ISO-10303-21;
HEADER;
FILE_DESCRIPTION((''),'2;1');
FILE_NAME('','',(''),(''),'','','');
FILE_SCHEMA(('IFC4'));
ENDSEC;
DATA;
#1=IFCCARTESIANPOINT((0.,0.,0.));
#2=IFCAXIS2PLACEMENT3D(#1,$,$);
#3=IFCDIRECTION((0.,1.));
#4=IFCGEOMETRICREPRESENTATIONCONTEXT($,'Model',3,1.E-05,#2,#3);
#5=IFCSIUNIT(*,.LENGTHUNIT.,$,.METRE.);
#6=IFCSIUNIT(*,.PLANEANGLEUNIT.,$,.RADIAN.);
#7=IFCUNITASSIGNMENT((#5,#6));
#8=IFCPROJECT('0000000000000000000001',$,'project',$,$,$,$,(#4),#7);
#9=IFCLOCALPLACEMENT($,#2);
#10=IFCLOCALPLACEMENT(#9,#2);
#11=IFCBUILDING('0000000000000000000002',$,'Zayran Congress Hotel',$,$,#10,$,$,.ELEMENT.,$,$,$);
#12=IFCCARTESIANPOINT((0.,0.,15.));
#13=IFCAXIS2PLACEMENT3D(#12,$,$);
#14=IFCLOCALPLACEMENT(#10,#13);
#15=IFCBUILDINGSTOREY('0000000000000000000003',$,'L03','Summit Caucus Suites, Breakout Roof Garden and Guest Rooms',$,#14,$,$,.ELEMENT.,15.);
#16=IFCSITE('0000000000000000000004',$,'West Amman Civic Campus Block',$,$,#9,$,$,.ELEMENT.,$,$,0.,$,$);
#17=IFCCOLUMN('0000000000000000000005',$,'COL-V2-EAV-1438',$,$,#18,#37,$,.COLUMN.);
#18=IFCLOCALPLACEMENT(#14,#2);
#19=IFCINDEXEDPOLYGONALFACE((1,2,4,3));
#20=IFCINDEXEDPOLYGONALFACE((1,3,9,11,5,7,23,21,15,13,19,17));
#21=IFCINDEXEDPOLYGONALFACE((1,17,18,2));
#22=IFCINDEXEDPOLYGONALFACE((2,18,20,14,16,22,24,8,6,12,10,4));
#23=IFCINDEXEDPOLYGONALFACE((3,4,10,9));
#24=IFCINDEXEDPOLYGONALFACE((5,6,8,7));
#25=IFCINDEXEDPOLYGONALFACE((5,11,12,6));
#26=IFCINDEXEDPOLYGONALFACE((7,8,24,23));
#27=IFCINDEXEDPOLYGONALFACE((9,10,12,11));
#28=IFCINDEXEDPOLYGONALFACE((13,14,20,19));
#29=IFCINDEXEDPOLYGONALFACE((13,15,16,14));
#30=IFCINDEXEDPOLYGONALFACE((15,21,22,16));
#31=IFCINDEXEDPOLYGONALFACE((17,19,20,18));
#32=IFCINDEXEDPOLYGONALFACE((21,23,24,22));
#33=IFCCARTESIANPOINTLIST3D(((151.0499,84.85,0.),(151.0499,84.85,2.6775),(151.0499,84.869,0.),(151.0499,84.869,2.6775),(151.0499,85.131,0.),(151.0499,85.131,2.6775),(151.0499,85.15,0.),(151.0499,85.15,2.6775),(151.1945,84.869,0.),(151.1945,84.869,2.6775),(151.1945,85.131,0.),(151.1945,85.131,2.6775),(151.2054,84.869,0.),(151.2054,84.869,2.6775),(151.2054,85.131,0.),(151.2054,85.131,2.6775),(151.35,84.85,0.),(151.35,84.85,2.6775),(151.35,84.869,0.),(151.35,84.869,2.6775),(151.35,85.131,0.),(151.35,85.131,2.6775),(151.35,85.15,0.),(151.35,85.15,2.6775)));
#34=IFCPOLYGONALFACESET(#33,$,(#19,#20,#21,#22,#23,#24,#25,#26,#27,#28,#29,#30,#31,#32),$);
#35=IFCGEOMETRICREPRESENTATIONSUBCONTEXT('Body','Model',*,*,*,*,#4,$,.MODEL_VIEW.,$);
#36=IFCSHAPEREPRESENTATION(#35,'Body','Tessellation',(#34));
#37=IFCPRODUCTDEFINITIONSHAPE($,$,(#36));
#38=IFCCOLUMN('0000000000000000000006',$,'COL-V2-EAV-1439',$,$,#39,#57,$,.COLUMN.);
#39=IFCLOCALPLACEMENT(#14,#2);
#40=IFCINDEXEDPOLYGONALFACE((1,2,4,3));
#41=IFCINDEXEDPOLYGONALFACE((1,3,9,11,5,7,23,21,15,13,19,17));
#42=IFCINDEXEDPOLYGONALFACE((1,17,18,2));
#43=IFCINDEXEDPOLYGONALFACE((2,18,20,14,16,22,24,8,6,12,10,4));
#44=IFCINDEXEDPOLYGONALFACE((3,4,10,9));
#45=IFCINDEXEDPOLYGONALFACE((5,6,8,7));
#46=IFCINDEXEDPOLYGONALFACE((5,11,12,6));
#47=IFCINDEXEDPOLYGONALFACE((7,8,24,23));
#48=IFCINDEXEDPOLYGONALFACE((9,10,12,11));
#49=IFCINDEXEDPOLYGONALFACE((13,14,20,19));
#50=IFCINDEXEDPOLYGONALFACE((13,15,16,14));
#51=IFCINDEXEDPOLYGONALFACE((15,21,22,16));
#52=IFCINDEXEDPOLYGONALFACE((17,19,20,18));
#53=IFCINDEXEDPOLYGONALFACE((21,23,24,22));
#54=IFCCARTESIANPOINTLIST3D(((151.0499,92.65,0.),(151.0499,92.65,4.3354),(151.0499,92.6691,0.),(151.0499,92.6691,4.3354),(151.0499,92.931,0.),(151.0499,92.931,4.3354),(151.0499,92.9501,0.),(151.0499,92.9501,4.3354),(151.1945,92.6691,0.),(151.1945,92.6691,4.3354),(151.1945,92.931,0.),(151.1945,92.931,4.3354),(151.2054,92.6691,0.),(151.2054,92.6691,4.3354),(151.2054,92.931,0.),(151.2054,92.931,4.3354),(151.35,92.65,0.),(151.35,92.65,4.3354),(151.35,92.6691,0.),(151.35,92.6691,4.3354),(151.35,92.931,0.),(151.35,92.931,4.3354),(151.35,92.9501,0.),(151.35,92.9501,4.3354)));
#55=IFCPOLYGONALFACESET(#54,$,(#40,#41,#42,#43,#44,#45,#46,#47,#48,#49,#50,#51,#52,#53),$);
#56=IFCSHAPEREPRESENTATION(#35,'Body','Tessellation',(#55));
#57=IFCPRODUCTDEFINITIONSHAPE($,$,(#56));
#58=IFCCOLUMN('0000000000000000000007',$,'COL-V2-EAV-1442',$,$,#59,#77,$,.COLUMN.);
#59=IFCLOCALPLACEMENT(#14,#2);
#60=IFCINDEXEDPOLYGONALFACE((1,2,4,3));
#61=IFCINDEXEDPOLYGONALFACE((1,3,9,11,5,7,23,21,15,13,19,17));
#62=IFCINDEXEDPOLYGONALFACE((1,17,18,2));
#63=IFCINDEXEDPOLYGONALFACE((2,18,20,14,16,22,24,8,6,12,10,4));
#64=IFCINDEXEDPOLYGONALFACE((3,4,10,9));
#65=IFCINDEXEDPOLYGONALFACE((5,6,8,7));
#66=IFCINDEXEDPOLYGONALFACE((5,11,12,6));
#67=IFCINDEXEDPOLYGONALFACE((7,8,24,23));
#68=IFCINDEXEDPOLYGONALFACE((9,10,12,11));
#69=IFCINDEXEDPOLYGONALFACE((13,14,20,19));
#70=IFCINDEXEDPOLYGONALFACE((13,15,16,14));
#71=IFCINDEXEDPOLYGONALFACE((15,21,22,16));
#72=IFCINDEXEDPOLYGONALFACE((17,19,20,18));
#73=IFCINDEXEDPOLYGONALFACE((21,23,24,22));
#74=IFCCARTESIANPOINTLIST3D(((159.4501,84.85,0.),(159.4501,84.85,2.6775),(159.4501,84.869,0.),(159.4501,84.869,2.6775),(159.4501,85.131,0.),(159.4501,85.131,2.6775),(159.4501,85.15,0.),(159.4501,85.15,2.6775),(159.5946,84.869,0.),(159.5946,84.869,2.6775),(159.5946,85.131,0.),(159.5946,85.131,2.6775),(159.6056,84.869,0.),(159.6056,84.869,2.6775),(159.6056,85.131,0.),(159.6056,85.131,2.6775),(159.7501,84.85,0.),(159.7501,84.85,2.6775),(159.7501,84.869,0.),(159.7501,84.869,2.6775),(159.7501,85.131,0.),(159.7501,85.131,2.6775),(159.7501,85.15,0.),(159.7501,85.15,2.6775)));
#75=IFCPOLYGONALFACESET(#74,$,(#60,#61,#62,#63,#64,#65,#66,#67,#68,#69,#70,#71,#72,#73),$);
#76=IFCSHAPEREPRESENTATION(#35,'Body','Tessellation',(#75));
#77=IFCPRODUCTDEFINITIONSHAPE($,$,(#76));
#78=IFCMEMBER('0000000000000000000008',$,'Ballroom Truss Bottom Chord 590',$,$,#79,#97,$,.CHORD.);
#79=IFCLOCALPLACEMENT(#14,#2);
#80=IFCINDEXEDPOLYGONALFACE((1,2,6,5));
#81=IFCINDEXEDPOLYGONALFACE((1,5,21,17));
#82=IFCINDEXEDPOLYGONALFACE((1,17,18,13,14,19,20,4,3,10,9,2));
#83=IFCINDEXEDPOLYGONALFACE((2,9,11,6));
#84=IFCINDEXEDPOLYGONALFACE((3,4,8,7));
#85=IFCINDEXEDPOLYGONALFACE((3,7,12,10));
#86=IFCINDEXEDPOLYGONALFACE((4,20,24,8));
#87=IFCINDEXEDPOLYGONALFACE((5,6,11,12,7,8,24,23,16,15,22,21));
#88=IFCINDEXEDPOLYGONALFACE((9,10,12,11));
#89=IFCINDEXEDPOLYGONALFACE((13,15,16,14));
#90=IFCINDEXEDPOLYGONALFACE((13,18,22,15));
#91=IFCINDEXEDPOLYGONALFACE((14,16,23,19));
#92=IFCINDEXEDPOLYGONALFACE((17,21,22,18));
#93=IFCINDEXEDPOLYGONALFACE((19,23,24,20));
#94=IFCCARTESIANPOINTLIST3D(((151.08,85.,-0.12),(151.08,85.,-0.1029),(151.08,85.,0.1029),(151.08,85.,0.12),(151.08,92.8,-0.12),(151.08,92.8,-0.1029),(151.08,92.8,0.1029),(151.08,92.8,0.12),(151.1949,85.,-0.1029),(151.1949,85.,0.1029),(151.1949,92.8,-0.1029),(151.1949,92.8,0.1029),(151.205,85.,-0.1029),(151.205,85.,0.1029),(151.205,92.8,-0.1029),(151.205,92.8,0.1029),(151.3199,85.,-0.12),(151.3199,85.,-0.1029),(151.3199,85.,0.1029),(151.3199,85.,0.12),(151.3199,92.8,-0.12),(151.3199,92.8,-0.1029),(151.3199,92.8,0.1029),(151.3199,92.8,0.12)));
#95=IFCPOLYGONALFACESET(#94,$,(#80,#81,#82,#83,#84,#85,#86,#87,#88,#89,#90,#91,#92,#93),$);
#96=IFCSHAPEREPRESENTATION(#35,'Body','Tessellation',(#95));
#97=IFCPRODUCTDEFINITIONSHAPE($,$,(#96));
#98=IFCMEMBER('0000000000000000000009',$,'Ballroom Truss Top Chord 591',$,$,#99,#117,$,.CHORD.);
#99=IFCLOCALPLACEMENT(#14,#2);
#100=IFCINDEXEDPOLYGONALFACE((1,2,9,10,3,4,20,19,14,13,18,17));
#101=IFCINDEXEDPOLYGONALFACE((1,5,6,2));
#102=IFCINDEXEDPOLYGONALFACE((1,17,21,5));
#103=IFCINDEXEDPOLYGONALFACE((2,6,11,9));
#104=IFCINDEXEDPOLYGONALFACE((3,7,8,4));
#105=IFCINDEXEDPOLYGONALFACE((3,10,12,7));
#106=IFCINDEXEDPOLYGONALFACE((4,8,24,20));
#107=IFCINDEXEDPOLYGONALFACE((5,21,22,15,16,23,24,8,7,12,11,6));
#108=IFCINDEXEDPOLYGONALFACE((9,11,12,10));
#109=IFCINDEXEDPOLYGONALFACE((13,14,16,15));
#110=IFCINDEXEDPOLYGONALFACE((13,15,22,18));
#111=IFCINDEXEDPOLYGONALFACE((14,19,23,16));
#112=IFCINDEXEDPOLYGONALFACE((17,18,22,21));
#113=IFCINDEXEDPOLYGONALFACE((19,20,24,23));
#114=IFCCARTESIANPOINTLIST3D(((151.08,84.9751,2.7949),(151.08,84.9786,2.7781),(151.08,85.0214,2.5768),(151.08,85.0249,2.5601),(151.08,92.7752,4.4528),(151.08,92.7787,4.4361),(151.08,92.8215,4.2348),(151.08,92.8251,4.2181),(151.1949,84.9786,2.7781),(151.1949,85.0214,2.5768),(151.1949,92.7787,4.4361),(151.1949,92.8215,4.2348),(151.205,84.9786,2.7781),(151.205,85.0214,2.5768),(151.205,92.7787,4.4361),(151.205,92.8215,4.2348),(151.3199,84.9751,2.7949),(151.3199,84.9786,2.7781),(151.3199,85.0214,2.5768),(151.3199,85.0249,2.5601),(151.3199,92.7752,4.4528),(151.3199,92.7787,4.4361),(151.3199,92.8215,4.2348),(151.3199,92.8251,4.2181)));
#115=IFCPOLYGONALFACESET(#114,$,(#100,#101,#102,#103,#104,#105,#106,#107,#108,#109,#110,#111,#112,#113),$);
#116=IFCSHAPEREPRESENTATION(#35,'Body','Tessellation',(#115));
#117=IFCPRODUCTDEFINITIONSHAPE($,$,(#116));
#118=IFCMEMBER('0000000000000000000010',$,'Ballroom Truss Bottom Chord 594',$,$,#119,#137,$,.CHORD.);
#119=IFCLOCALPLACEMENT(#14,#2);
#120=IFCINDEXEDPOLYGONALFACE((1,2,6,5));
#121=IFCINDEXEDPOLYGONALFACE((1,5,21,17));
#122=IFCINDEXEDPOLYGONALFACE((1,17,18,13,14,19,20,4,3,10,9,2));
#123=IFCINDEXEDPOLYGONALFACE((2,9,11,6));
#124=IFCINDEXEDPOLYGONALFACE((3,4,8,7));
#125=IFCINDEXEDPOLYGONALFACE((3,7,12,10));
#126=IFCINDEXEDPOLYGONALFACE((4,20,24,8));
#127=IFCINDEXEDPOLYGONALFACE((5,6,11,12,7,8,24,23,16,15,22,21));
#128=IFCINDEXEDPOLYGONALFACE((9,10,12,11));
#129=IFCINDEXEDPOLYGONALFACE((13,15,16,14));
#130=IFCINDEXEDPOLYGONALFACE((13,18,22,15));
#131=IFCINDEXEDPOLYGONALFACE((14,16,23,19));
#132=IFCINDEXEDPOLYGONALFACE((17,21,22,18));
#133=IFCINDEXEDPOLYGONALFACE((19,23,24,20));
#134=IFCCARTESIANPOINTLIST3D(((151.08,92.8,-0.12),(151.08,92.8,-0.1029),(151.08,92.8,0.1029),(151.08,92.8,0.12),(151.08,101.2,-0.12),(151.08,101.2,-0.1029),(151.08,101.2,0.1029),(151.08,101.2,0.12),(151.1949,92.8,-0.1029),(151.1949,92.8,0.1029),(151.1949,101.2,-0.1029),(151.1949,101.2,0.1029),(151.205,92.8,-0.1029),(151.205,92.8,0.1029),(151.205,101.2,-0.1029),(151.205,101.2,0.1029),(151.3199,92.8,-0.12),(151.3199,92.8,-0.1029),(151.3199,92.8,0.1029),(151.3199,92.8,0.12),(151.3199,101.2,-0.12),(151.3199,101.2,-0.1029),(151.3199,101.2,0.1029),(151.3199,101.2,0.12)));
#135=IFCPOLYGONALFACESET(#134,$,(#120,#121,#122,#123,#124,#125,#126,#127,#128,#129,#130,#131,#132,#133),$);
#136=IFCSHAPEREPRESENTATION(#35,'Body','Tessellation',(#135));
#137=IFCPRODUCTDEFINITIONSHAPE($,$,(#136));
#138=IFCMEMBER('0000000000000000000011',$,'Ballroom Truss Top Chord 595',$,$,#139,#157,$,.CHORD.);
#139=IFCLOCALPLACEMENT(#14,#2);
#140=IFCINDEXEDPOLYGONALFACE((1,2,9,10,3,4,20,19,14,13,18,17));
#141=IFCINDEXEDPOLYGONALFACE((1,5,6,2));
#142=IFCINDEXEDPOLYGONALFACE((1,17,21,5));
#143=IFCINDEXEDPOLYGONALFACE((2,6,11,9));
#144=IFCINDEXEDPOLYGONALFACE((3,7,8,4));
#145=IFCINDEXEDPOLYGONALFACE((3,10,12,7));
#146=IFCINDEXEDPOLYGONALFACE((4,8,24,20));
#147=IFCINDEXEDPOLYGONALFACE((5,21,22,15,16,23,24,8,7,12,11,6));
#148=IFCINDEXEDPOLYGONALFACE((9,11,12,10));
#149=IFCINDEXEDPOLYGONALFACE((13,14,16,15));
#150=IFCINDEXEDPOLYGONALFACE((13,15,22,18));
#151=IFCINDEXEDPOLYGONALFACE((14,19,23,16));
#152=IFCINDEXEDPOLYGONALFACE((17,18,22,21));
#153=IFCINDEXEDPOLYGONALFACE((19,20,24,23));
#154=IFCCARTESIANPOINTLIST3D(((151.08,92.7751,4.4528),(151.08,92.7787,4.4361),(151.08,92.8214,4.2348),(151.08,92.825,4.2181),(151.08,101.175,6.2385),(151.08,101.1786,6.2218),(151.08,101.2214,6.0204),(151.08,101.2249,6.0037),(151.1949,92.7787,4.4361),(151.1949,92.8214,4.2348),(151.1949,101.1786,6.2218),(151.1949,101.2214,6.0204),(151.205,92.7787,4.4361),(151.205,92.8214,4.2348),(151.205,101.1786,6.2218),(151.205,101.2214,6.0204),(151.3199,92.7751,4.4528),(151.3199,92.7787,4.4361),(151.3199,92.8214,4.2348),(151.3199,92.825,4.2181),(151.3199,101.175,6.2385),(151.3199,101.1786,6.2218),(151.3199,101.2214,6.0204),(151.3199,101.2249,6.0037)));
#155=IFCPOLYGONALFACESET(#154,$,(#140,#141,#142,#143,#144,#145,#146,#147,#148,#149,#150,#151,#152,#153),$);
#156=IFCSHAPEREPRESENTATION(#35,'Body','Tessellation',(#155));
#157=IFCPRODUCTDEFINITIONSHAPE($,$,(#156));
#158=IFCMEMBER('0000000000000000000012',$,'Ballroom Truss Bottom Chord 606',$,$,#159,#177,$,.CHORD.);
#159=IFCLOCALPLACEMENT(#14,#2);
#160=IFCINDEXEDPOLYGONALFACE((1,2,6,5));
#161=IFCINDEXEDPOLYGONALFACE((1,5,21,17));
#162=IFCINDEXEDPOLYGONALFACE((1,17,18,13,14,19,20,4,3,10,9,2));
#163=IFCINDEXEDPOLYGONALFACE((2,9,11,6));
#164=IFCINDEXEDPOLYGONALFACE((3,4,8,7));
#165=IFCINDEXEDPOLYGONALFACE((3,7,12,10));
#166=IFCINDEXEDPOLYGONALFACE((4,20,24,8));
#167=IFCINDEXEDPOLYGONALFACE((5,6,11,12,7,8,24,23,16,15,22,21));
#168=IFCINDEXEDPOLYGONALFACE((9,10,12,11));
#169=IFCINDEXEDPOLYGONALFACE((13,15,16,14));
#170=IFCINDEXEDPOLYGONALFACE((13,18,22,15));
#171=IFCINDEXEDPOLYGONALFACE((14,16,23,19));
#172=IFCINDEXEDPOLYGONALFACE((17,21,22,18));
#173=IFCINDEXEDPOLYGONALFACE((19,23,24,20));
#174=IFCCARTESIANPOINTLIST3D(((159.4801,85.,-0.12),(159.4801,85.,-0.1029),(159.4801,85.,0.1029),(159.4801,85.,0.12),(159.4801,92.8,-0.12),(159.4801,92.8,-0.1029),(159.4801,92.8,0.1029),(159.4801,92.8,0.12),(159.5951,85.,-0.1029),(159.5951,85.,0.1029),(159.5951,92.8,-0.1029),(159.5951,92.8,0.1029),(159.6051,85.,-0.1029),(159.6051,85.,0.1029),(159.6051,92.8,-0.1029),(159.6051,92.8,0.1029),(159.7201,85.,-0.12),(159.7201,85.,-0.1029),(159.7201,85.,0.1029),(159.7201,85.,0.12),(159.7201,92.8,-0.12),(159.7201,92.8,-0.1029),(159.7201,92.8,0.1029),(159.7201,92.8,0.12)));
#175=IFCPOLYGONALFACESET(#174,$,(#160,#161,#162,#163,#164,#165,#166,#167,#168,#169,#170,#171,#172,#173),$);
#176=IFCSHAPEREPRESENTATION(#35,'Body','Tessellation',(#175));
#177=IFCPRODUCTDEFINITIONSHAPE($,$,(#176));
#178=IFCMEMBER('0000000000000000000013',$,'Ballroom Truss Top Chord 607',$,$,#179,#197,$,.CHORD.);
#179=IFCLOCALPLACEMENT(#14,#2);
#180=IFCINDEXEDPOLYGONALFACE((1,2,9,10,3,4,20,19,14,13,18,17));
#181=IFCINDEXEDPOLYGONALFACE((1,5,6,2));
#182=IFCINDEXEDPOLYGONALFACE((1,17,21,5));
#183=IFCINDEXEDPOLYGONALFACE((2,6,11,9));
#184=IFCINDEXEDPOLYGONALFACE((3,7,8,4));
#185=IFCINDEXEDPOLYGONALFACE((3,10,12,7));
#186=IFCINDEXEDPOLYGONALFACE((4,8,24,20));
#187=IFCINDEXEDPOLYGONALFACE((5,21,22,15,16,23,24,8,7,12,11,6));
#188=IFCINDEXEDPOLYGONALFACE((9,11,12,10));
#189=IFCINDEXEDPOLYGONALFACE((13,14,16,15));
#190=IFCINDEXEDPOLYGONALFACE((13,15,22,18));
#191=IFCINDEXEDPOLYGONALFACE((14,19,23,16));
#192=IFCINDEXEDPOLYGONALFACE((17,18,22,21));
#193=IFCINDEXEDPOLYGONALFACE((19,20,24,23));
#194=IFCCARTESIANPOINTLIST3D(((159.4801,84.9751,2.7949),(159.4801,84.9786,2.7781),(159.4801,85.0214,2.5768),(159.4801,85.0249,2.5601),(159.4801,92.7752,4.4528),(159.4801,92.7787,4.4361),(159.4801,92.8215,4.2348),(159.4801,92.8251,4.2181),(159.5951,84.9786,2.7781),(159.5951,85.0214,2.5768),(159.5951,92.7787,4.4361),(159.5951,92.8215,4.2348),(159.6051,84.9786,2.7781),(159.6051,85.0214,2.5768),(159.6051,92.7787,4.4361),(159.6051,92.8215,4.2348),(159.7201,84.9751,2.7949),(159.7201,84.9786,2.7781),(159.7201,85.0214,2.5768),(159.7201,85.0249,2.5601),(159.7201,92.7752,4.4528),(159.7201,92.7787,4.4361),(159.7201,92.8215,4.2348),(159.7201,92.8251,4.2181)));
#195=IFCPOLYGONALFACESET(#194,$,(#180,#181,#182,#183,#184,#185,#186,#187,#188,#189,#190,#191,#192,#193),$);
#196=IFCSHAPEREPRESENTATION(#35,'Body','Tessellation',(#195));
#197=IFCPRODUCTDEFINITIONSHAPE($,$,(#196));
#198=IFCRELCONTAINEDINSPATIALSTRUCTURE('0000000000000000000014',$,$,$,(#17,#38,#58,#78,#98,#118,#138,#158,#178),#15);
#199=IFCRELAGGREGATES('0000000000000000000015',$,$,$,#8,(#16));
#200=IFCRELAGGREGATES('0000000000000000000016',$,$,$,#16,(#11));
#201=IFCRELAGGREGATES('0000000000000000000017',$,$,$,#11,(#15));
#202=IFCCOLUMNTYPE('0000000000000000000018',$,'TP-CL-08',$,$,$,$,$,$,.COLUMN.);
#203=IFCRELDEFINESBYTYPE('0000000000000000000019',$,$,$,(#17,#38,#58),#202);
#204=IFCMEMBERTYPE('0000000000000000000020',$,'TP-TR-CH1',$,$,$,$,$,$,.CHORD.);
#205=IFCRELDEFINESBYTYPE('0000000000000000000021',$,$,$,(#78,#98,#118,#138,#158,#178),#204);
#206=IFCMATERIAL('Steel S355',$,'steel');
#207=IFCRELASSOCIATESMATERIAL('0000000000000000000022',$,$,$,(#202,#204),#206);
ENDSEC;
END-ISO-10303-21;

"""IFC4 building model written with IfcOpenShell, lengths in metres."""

from ifc_helpers import new_model, si_unit, direction, frame, origin, origin_2d, place, context, subcontext, project, spatial, i_section, extrude, material, material_profile, profile_set, type_object, element, save


model = new_model("IFC4")

# Units and contexts
model_context = context("Model", 3, precision=1e-05, world=origin(), true_north=direction((0.0, 1.0)))
body_context = subcontext(model_context, "Body", "Model", "MODEL_VIEW")
ifc_project = project(units=[si_unit("LENGTHUNIT", "METRE"), si_unit("PLANEANGLEUNIT", "RADIAN")], contexts=[model_context])

# Site, building, storey
site_placement = place(None, origin())
site = spatial("IfcSite", under=ifc_project, at=site_placement, Name="West Amman Civic Campus Block", CompositionType="ELEMENT", RefElevation=0.0)
building_placement = place(site_placement, origin())
building = spatial("IfcBuilding", under=site, at=building_placement, Name="Zayran Congress Hotel", CompositionType="ELEMENT")
storey_placement = place(building_placement, frame((0.0, 0.0, 15.0)))
storey = spatial("IfcBuildingStorey", under=building, at=storey_placement, Name="L03", Description="Summit Caucus Suites, Breakout Roof Garden and Guest Rooms", CompositionType="ELEMENT", Elevation=15.0)

# Columns
ifc_material_1 = material(Name="Steel S355", Category="steel")
ifc_material_profile_1 = material_profile(ifc_material_1, i_section(OverallWidth=0.3, OverallDepth=0.3, WebThickness=0.011, FlangeThickness=0.019, at=origin_2d()), Name="HEB 300")
ifc_profile_set_1 = profile_set([ifc_material_profile_1], Name="Steel S355")
column_type = type_object("IfcColumnType", Name="TP-CL-08", PredefinedType="COLUMN", material=ifc_profile_set_1)
column_1_placement = place(storey_placement, frame((151.2, 85.0, 0.0), z_axis=(0.0, 0.0, 1.0), x_axis=(1.0, 0.0, 0.0)))
element("IfcColumn", 1, at=column_1_placement, inside=storey, type_object=column_type, Name="COL-V2-EAV-1438", PredefinedType="COLUMN", context=body_context, shape_type="SweptSolid", body=[
    extrude(i_section(OverallWidth=0.3, OverallDepth=0.3, WebThickness=0.011, FlangeThickness=0.019, at=origin_2d()), origin(), (0.0, 0.0, 1.0), 2.6775),
])
column_2_placement = place(storey_placement, frame((151.2, 92.8, 0.0), z_axis=(0.0, 0.0, 1.0), x_axis=(1.0, 0.0, 0.0)))
element("IfcColumn", 2, at=column_2_placement, inside=storey, type_object=column_type, Name="COL-V2-EAV-1439", PredefinedType="COLUMN", context=body_context, shape_type="SweptSolid", body=[
    extrude(i_section(OverallWidth=0.3, OverallDepth=0.3, WebThickness=0.011, FlangeThickness=0.019, at=origin_2d()), origin(), (0.0, 0.0, 1.0), 4.3354),
])
column_3_placement = place(storey_placement, frame((159.6001, 85.0, 0.0), z_axis=(0.0, 0.0, 1.0), x_axis=(1.0, 0.0, 0.0)))
element("IfcColumn", 3, at=column_3_placement, inside=storey, type_object=column_type, Name="COL-V2-EAV-1442", PredefinedType="COLUMN", context=body_context, shape_type="SweptSolid", body=[
    extrude(i_section(OverallWidth=0.3, OverallDepth=0.3, WebThickness=0.011, FlangeThickness=0.019, at=origin_2d()), origin(), (0.0, 0.0, 1.0), 2.6775),
])

# Members
ifc_material_profile_2 = material_profile(ifc_material_1, i_section(OverallWidth=0.24, OverallDepth=0.24, WebThickness=0.01, FlangeThickness=0.0171, at=origin_2d()), Name="HEB 240")
ifc_profile_set_2 = profile_set([ifc_material_profile_2], Name="Steel S355")
member_type_1 = type_object("IfcMemberType", Name="TP-TR-CH1", PredefinedType="CHORD", material=ifc_profile_set_2)
member_1_placement = place(storey_placement, frame((151.2, 85.0, 0.0), z_axis=(0.0, 1.0, 0.0), x_axis=(-1.0, 0.0, 0.0)))
element("IfcMember", 4, at=member_1_placement, inside=storey, type_object=member_type_1, Name="Ballroom Truss Bottom Chord 590", PredefinedType="CHORD", context=body_context, shape_type="SweptSolid", body=[
    extrude(i_section(OverallWidth=0.24, OverallDepth=0.24, WebThickness=0.01, FlangeThickness=0.0171, at=origin_2d()), origin(), (0.0, 0.0, 1.0), 7.8),
])
member_2_placement = place(storey_placement, frame((151.2, 85.0, 2.6775), z_axis=(0.0, 0.978147, 0.207913), x_axis=(-1.0, 0.0, 0.0)))
element("IfcMember", 5, at=member_2_placement, inside=storey, type_object=member_type_1, Name="Ballroom Truss Top Chord 591", PredefinedType="CHORD", context=body_context, shape_type="SweptSolid", body=[
    extrude(i_section(OverallWidth=0.24, OverallDepth=0.24, WebThickness=0.01, FlangeThickness=0.0171, at=origin_2d()), origin(), (0.0, 0.0, 1.0), 7.9744),
])
member_3_placement = place(storey_placement, frame((151.2, 92.8, 0.0), z_axis=(0.0, 1.0, 0.0), x_axis=(-1.0, 0.0, 0.0)))
element("IfcMember", 6, at=member_3_placement, inside=storey, type_object=member_type_1, Name="Ballroom Truss Bottom Chord 594", PredefinedType="CHORD", context=body_context, shape_type="SweptSolid", body=[
    extrude(i_section(OverallWidth=0.24, OverallDepth=0.24, WebThickness=0.01, FlangeThickness=0.0171, at=origin_2d()), origin(), (0.0, 0.0, 1.0), 8.3999),
])
member_4_placement = place(storey_placement, frame((151.2, 92.8, 4.3354), z_axis=(0.0, 0.978143, 0.207933), x_axis=(-1.0, 0.0, 0.0)))
element("IfcMember", 7, at=member_4_placement, inside=storey, type_object=member_type_1, Name="Ballroom Truss Top Chord 595", PredefinedType="CHORD", context=body_context, shape_type="SweptSolid", body=[
    extrude(i_section(OverallWidth=0.24, OverallDepth=0.24, WebThickness=0.01, FlangeThickness=0.0171, at=origin_2d()), origin(), (0.0, 0.0, 1.0), 8.5876),
])
member_5_placement = place(storey_placement, frame((159.6001, 85.0, 0.0), z_axis=(0.0, 1.0, 0.0), x_axis=(-1.0, 0.0, 0.0)))
element("IfcMember", 8, at=member_5_placement, inside=storey, type_object=member_type_1, Name="Ballroom Truss Bottom Chord 606", PredefinedType="CHORD", context=body_context, shape_type="SweptSolid", body=[
    extrude(i_section(OverallWidth=0.24, OverallDepth=0.24, WebThickness=0.01, FlangeThickness=0.0171, at=origin_2d()), origin(), (0.0, 0.0, 1.0), 7.8),
])
member_6_placement = place(storey_placement, frame((159.6001, 85.0, 2.6775), z_axis=(0.0, 0.978147, 0.207913), x_axis=(-1.0, 0.0, 0.0)))
element("IfcMember", 9, at=member_6_placement, inside=storey, type_object=member_type_1, Name="Ballroom Truss Top Chord 607", PredefinedType="CHORD", context=body_context, shape_type="SweptSolid", body=[
    extrude(i_section(OverallWidth=0.24, OverallDepth=0.24, WebThickness=0.01, FlangeThickness=0.0171, at=origin_2d()), origin(), (0.0, 0.0, 1.0), 7.9744),
])

save(model, "model.ifc")
